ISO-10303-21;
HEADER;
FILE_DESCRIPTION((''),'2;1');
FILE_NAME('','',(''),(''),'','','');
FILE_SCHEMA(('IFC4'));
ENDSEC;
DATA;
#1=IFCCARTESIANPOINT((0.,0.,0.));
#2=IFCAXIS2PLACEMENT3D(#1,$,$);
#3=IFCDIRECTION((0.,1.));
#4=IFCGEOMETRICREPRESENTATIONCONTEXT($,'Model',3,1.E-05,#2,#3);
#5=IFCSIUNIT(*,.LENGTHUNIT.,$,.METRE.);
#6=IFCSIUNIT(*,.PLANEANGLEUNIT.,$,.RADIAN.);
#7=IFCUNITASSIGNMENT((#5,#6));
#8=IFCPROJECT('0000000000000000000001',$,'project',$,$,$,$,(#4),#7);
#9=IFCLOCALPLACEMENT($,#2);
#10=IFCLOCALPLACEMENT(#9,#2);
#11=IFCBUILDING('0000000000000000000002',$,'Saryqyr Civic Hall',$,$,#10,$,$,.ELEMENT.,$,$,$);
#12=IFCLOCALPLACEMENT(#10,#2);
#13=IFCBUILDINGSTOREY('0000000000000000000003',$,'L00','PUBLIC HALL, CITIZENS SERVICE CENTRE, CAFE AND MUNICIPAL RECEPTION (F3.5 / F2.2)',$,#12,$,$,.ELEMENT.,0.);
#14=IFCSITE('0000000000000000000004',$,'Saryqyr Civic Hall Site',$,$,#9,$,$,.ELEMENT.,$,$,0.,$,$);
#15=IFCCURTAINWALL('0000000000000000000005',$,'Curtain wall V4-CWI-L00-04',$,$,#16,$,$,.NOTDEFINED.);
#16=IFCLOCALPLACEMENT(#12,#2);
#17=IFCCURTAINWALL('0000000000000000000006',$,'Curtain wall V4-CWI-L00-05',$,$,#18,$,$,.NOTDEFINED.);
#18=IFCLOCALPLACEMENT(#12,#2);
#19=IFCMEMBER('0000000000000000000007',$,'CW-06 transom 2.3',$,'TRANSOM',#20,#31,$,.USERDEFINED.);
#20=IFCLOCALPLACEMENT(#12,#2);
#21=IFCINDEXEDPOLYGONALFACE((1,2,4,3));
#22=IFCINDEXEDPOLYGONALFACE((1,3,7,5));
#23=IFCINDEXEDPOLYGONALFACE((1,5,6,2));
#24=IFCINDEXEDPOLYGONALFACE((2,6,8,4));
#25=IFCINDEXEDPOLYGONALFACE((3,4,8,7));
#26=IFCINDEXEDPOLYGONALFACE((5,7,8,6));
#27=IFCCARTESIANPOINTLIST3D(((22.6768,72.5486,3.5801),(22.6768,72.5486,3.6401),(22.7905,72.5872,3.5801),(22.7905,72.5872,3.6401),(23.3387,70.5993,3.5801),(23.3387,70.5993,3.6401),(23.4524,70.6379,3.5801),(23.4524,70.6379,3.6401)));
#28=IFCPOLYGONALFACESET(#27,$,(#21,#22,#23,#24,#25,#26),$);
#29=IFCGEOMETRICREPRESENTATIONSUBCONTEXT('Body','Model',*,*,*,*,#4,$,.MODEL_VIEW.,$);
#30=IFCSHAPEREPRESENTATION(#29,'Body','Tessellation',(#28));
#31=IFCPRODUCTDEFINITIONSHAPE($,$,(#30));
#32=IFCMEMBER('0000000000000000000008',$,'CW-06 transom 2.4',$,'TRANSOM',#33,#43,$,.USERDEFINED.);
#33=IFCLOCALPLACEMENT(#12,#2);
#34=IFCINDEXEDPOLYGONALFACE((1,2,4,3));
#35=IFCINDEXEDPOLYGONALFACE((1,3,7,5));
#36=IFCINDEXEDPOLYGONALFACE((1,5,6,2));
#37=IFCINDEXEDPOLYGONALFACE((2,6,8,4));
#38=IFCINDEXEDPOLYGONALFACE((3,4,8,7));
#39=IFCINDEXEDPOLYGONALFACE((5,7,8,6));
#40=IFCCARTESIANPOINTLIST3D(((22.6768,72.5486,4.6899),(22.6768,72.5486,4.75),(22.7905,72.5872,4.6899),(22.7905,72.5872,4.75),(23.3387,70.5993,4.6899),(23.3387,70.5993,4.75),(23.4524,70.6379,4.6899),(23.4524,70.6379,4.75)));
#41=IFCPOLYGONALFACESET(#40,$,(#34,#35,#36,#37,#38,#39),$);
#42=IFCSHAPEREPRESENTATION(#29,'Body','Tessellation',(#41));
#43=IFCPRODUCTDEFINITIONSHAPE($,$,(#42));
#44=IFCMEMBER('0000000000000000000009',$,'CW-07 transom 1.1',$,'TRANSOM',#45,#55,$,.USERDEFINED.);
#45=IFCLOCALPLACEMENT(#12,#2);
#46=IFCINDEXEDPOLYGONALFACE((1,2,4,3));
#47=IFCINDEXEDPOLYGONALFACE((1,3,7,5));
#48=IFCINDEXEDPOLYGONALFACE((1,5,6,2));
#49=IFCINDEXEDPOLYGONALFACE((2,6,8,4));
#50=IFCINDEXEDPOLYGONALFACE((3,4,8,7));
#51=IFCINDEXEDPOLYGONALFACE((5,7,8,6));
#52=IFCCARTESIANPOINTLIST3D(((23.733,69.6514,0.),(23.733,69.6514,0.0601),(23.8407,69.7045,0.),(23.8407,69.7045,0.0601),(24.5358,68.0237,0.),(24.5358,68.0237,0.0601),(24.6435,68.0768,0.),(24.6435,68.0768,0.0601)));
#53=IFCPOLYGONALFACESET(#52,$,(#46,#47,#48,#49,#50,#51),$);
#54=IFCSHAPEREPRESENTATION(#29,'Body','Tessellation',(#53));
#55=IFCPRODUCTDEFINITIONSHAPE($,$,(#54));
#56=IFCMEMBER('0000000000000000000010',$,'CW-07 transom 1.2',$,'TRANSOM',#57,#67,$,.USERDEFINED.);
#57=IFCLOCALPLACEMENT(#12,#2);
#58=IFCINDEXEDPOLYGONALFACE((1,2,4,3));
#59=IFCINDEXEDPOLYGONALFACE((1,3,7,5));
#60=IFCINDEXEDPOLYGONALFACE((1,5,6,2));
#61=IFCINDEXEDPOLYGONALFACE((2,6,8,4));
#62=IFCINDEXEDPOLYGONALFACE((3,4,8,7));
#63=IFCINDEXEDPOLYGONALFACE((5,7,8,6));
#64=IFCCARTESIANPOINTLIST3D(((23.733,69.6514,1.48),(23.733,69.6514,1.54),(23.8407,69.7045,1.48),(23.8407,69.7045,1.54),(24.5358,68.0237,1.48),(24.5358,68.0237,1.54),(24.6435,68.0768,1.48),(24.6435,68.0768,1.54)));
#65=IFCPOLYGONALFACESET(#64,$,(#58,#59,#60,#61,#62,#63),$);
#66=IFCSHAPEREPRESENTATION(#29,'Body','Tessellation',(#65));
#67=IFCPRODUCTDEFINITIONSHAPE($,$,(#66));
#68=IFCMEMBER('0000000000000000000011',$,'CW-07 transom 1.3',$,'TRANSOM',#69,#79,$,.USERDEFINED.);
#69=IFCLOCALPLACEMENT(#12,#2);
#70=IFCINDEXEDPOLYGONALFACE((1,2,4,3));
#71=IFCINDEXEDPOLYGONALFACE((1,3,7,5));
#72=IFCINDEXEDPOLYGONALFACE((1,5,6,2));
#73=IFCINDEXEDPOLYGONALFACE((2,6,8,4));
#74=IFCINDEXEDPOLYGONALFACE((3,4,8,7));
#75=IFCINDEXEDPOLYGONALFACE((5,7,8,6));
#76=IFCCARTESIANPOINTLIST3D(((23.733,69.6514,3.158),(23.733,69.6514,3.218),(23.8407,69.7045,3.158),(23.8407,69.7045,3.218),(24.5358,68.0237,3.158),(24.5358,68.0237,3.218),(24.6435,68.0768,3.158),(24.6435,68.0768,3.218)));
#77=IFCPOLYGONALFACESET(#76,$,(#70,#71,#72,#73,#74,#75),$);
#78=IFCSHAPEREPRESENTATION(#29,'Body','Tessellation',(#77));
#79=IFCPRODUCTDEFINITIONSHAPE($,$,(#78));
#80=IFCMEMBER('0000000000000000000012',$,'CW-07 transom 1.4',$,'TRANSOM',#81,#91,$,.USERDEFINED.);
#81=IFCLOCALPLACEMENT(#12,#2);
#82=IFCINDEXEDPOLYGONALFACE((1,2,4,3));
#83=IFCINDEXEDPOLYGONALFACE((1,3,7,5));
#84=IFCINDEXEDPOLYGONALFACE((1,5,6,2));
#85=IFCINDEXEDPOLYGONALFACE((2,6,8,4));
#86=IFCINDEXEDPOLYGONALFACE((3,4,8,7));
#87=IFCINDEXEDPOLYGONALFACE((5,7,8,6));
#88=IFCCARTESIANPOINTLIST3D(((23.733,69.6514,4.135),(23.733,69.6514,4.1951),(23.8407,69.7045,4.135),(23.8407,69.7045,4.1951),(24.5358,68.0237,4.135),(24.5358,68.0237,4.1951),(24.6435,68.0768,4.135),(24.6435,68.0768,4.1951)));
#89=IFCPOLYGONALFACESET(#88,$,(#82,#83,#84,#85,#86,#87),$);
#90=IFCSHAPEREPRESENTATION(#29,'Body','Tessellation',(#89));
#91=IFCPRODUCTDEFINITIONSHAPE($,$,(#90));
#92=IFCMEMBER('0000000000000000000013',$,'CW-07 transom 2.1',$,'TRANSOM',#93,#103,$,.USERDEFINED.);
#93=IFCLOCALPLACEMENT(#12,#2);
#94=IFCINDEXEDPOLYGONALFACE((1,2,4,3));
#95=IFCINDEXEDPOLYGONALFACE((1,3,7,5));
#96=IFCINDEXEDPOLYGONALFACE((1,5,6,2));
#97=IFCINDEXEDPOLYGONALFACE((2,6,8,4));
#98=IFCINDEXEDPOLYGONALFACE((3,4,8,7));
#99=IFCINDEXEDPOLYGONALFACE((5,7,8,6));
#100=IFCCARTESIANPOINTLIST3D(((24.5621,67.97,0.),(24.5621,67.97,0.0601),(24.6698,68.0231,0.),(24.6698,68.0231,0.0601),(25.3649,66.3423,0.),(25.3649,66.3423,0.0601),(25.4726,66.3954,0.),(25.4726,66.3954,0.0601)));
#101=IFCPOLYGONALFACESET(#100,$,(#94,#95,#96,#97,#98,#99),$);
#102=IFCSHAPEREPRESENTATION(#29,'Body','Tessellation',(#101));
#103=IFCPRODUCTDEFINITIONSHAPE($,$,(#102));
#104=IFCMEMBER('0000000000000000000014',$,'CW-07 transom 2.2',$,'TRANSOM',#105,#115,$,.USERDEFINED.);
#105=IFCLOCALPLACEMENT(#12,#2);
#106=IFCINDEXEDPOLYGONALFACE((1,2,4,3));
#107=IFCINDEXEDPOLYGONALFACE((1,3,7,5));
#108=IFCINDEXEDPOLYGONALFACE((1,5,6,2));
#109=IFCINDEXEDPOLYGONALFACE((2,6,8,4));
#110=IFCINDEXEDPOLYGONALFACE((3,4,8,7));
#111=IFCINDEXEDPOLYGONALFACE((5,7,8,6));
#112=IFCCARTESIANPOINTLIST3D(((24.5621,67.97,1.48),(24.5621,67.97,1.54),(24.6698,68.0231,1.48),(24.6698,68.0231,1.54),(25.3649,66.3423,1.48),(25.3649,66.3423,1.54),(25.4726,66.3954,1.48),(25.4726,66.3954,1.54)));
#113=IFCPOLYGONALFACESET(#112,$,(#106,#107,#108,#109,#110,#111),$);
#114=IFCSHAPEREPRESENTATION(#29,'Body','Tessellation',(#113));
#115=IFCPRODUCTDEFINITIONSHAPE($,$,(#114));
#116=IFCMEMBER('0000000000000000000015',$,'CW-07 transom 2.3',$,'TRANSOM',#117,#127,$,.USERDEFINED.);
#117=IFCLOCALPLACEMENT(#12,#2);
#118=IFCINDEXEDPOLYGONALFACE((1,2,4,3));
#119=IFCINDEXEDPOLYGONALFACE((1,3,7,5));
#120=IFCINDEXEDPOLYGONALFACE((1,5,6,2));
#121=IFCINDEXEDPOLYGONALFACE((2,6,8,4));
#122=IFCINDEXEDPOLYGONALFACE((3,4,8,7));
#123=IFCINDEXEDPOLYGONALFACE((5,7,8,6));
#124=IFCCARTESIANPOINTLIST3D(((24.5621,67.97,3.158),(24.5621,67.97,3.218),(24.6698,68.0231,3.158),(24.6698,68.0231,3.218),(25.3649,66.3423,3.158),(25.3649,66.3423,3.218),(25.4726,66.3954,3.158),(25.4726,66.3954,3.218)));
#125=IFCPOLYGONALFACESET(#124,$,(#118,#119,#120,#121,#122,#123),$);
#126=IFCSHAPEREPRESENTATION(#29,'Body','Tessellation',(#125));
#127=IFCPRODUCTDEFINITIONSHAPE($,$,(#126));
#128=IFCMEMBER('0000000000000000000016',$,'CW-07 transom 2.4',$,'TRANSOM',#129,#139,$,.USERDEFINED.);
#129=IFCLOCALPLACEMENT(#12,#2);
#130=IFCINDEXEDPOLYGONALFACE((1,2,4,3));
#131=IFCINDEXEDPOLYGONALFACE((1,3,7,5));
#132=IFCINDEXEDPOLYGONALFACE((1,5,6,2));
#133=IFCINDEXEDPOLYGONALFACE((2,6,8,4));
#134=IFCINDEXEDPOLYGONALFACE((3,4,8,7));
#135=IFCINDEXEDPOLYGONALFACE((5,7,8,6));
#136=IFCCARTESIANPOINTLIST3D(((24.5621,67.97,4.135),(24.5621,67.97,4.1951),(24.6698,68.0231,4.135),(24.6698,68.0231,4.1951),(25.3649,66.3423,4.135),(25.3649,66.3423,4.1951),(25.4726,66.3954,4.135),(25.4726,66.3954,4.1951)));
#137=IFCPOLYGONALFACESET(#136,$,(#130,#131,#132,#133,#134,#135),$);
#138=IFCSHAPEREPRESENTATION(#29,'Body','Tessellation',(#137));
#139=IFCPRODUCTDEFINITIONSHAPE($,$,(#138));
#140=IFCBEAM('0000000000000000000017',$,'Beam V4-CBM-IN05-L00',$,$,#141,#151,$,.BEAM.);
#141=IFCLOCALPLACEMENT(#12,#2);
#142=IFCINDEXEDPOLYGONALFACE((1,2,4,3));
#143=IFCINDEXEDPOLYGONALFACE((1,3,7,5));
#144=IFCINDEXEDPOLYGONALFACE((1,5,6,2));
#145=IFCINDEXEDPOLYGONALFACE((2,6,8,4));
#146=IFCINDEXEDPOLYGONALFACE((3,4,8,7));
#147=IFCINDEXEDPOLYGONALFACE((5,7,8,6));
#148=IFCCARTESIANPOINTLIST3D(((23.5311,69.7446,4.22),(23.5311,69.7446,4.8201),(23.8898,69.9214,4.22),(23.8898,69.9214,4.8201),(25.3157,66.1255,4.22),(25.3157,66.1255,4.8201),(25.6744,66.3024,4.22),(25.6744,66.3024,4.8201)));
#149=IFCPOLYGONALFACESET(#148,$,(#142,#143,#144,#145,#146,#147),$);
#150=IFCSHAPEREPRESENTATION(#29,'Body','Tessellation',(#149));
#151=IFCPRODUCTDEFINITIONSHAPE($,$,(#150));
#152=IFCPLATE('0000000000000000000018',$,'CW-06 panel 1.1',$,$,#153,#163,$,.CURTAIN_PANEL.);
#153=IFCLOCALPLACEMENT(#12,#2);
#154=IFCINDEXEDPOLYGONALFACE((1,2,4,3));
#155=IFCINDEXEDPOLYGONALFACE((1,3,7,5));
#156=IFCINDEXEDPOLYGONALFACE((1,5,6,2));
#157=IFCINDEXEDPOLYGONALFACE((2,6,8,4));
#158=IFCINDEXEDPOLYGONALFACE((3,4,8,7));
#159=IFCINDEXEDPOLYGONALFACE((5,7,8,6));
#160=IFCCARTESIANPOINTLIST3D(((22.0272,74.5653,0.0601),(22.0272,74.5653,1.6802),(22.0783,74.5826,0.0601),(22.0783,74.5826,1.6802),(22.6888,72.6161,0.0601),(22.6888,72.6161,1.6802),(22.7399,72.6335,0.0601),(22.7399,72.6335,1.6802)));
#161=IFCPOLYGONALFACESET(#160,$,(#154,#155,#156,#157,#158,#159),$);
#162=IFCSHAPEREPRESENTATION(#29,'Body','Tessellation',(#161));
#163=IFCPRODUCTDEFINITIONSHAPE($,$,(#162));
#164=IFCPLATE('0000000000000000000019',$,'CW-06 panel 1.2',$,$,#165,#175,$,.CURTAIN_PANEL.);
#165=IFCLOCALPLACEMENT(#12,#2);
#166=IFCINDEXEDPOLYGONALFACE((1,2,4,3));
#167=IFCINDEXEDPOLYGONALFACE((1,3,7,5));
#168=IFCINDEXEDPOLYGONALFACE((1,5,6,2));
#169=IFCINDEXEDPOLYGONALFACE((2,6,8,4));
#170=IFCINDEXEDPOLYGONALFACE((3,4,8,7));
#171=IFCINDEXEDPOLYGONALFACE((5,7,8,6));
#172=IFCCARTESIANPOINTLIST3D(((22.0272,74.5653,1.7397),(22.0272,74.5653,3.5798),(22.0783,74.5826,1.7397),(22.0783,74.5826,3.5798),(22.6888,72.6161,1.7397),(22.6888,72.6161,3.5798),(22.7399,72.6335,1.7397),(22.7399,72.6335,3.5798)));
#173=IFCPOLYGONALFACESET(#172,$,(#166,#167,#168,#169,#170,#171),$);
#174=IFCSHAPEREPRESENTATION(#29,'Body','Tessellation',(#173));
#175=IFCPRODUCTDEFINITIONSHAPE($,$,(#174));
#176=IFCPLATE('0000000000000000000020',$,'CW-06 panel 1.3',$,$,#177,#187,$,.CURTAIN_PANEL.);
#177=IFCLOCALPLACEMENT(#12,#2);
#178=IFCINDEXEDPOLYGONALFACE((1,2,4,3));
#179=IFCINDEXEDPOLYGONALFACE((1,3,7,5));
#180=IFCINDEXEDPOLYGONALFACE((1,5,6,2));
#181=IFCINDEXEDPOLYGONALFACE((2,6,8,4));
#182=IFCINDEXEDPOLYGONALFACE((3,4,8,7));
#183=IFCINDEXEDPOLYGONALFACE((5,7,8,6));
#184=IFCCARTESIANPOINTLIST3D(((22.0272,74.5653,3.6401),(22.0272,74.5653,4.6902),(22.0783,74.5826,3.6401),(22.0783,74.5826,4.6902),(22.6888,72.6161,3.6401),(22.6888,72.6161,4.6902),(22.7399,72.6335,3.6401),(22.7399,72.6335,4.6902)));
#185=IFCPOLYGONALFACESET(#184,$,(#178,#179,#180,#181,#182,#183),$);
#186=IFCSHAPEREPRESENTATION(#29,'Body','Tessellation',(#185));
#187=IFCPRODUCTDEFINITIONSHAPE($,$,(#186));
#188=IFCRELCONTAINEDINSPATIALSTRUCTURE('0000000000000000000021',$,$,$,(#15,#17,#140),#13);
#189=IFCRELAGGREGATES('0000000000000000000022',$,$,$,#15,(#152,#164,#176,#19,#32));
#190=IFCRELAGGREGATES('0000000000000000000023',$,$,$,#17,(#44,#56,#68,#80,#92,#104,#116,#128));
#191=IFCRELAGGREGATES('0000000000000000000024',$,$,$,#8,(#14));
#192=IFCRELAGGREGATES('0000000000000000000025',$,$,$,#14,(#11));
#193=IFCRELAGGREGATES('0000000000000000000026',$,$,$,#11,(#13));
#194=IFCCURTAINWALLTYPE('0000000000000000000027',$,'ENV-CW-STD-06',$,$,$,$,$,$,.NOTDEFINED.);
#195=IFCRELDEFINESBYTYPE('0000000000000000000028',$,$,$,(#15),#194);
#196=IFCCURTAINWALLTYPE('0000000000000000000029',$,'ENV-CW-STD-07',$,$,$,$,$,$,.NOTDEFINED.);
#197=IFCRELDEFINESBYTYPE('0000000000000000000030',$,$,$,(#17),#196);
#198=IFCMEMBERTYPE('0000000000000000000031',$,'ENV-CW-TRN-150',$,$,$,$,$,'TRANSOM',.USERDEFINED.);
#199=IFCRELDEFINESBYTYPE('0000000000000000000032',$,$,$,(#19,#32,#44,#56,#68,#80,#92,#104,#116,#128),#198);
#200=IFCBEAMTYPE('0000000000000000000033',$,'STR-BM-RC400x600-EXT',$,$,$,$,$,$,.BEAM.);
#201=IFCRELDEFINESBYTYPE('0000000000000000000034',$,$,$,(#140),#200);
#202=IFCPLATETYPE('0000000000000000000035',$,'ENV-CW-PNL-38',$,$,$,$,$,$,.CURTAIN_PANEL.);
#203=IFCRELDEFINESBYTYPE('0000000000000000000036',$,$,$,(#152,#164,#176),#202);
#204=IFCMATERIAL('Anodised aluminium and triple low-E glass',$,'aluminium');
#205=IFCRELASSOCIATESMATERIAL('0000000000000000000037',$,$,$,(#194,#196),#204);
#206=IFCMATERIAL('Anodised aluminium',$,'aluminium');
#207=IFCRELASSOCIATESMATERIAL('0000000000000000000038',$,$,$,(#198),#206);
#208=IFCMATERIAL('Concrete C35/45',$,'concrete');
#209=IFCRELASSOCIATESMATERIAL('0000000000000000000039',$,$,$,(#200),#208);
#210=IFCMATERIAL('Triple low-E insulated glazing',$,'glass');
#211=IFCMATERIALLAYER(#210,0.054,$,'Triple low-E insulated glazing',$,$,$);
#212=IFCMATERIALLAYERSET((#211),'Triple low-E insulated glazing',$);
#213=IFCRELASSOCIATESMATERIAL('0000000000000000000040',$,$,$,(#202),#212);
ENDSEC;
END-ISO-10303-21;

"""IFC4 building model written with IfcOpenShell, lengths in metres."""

from ifc_helpers import new_model, si_unit, direction, frame, origin, origin_2d, place, context, subcontext, project, spatial, rectangle, extrude, material, layer, layer_set, material_profile, profile_set, type_object, element, aggregate, save


model = new_model("IFC4")

# Units and contexts
model_context = context("Model", 3, precision=1e-05, world=origin(), true_north=direction((0.0, 1.0)))
body_context = subcontext(model_context, "Body", "Model", "MODEL_VIEW")
ifc_project = project(units=[si_unit("LENGTHUNIT", "METRE"), si_unit("PLANEANGLEUNIT", "RADIAN")], contexts=[model_context])

# Site, building, storey
site_placement = place(None, origin())
site = spatial("IfcSite", under=ifc_project, at=site_placement, Name="Saryqyr Civic Hall Site", CompositionType="ELEMENT", RefElevation=0.0)
building_placement = place(site_placement, origin())
building = spatial("IfcBuilding", under=site, at=building_placement, Name="Saryqyr Civic Hall", CompositionType="ELEMENT")
storey_placement = place(building_placement, origin())
storey = spatial("IfcBuildingStorey", under=building, at=storey_placement, Name="L00", Description="PUBLIC HALL, CITIZENS SERVICE CENTRE, CAFE AND MUNICIPAL RECEPTION (F3.5 / F2.2)", CompositionType="ELEMENT", Elevation=0.0)

# Curtain walls
ifc_material_1 = material(Name="Anodised aluminium and triple low-E glass", Category="aluminium")
curtain_wall_type_1 = type_object("IfcCurtainWallType", Name="ENV-CW-STD-06", PredefinedType="NOTDEFINED", material=ifc_material_1)
curtain_wall_1_placement = place(storey_placement, origin())
curtain_wall_1 = element("IfcCurtainWall", 1, at=curtain_wall_1_placement, inside=storey, type_object=curtain_wall_type_1, Name="Curtain wall V4-CWI-L00-04", PredefinedType="NOTDEFINED")
ifc_material_2 = material(Name="Anodised aluminium", Category="aluminium")
curtain_wall_type_2 = type_object("IfcCurtainWallType", Name="ENV-CW-STD-07", PredefinedType="NOTDEFINED", material=ifc_material_1)
curtain_wall_2_placement = place(storey_placement, origin())
curtain_wall_2 = element("IfcCurtainWall", 2, at=curtain_wall_2_placement, inside=storey, type_object=curtain_wall_type_2, Name="Curtain wall V4-CWI-L00-05", PredefinedType="NOTDEFINED")

# Members
ifc_material_profile_1 = material_profile(ifc_material_2, rectangle(XDim=0.1201, YDim=0.0601, at=origin_2d()), Name="ALU TRANSOM 120x60")
ifc_profile_set_1 = profile_set([ifc_material_profile_1], Name="Anodised aluminium")
member_type_1 = type_object("IfcMemberType", Name="ENV-CW-TRN-150", ElementType="TRANSOM", PredefinedType="USERDEFINED", material=ifc_profile_set_1)
member_1_placement = place(storey_placement, frame((22.7336, 72.5679, 3.6101), z_axis=(0.321524, -0.946901, 0.0), x_axis=(0.946901, 0.321524, 0.0)))
member_1 = element("IfcMember", 3, at=member_1_placement, type_object=member_type_1, Name="CW-06 transom 2.3", ObjectType="TRANSOM", PredefinedType="USERDEFINED", context=body_context, shape_type="SweptSolid", body=[
    extrude(rectangle(XDim=0.1201, YDim=0.0601, at=origin_2d()), origin(), (0.0, 0.0, 1.0), 2.0586),
])
member_2_placement = place(storey_placement, frame((22.7336, 72.5679, 4.72), z_axis=(0.321524, -0.946901, 0.0), x_axis=(0.946901, 0.321524, 0.0)))
member_2 = element("IfcMember", 4, at=member_2_placement, type_object=member_type_1, Name="CW-06 transom 2.4", ObjectType="TRANSOM", PredefinedType="USERDEFINED", context=body_context, shape_type="SweptSolid", body=[
    extrude(rectangle(XDim=0.1201, YDim=0.0601, at=origin_2d()), origin(), (0.0, 0.0, 1.0), 2.0586),
])
member_3_placement = place(storey_placement, frame((23.7869, 69.678, 0.03), z_axis=(0.44231, -0.896862, 0.0), x_axis=(0.896862, 0.44231, 0.0)))
member_3 = element("IfcMember", 5, at=member_3_placement, type_object=member_type_1, Name="CW-07 transom 1.1", ObjectType="TRANSOM", PredefinedType="USERDEFINED", context=body_context, shape_type="SweptSolid", body=[
    extrude(rectangle(XDim=0.1201, YDim=0.0601, at=origin_2d()), origin(), (0.0, 0.0, 1.0), 1.8149),
])
member_4_placement = place(storey_placement, frame((23.7869, 69.678, 1.51), z_axis=(0.44231, -0.896862, 0.0), x_axis=(0.896862, 0.44231, 0.0)))
member_4 = element("IfcMember", 6, at=member_4_placement, type_object=member_type_1, Name="CW-07 transom 1.2", ObjectType="TRANSOM", PredefinedType="USERDEFINED", context=body_context, shape_type="SweptSolid", body=[
    extrude(rectangle(XDim=0.1201, YDim=0.0601, at=origin_2d()), origin(), (0.0, 0.0, 1.0), 1.8149),
])
member_5_placement = place(storey_placement, frame((23.7869, 69.678, 3.188), z_axis=(0.44231, -0.896862, 0.0), x_axis=(0.896862, 0.44231, 0.0)))
member_5 = element("IfcMember", 7, at=member_5_placement, type_object=member_type_1, Name="CW-07 transom 1.3", ObjectType="TRANSOM", PredefinedType="USERDEFINED", context=body_context, shape_type="SweptSolid", body=[
    extrude(rectangle(XDim=0.1201, YDim=0.0601, at=origin_2d()), origin(), (0.0, 0.0, 1.0), 1.8149),
])
member_6_placement = place(storey_placement, frame((23.7869, 69.678, 4.165), z_axis=(0.44231, -0.896862, 0.0), x_axis=(0.896862, 0.44231, 0.0)))
member_6 = element("IfcMember", 8, at=member_6_placement, type_object=member_type_1, Name="CW-07 transom 1.4", ObjectType="TRANSOM", PredefinedType="USERDEFINED", context=body_context, shape_type="SweptSolid", body=[
    extrude(rectangle(XDim=0.1201, YDim=0.0601, at=origin_2d()), origin(), (0.0, 0.0, 1.0), 1.8149),
])
member_7_placement = place(storey_placement, frame((24.616, 67.9966, 0.03), z_axis=(0.44231, -0.896862, 0.0), x_axis=(0.896862, 0.44231, 0.0)))
member_7 = element("IfcMember", 9, at=member_7_placement, type_object=member_type_1, Name="CW-07 transom 2.1", ObjectType="TRANSOM", PredefinedType="USERDEFINED", context=body_context, shape_type="SweptSolid", body=[
    extrude(rectangle(XDim=0.1201, YDim=0.0601, at=origin_2d()), origin(), (0.0, 0.0, 1.0), 1.8149),
])
member_8_placement = place(storey_placement, frame((24.616, 67.9966, 1.51), z_axis=(0.44231, -0.896862, 0.0), x_axis=(0.896862, 0.44231, 0.0)))
member_8 = element("IfcMember", 10, at=member_8_placement, type_object=member_type_1, Name="CW-07 transom 2.2", ObjectType="TRANSOM", PredefinedType="USERDEFINED", context=body_context, shape_type="SweptSolid", body=[
    extrude(rectangle(XDim=0.1201, YDim=0.0601, at=origin_2d()), origin(), (0.0, 0.0, 1.0), 1.8149),
])
member_9_placement = place(storey_placement, frame((24.616, 67.9966, 3.188), z_axis=(0.44231, -0.896862, 0.0), x_axis=(0.896862, 0.44231, 0.0)))
member_9 = element("IfcMember", 11, at=member_9_placement, type_object=member_type_1, Name="CW-07 transom 2.3", ObjectType="TRANSOM", PredefinedType="USERDEFINED", context=body_context, shape_type="SweptSolid", body=[
    extrude(rectangle(XDim=0.1201, YDim=0.0601, at=origin_2d()), origin(), (0.0, 0.0, 1.0), 1.8149),
])
member_10_placement = place(storey_placement, frame((24.616, 67.9966, 4.165), z_axis=(0.44231, -0.896862, 0.0), x_axis=(0.896862, 0.44231, 0.0)))
member_10 = element("IfcMember", 12, at=member_10_placement, type_object=member_type_1, Name="CW-07 transom 2.4", ObjectType="TRANSOM", PredefinedType="USERDEFINED", context=body_context, shape_type="SweptSolid", body=[
    extrude(rectangle(XDim=0.1201, YDim=0.0601, at=origin_2d()), origin(), (0.0, 0.0, 1.0), 1.8149),
])

# Beam
ifc_material_3 = material(Name="Concrete C35/45", Category="concrete")
ifc_material_profile_2 = material_profile(ifc_material_3, rectangle(XDim=0.3999, YDim=0.6001, at=origin_2d()), Name="RC 400x600")
ifc_profile_set_2 = profile_set([ifc_material_profile_2], Name="Concrete C35/45")
beam_type = type_object("IfcBeamType", Name="STR-BM-RC400x600-EXT", PredefinedType="BEAM", material=ifc_profile_set_2)
beam_placement = place(storey_placement, frame((23.7104, 69.833, 4.52), z_axis=(0.44227, -0.896882, 0.0), x_axis=(0.896882, 0.44227, 0.0)))
element("IfcBeam", 13, at=beam_placement, inside=storey, type_object=beam_type, Name="Beam V4-CBM-IN05-L00", PredefinedType="BEAM", context=body_context, shape_type="SweptSolid", body=[
    extrude(rectangle(XDim=0.3999, YDim=0.6001, at=origin_2d()), origin(), (0.0, 0.0, 1.0), 4.0352),
])

# Plates
ifc_material_4 = material(Name="Triple low-E insulated glazing", Category="glass")
ifc_layer_1 = layer(ifc_material_4, 0.054, Name="Triple low-E insulated glazing")
ifc_layer_set_1 = layer_set([ifc_layer_1], Name="Triple low-E insulated glazing")
plate_type = type_object("IfcPlateType", Name="ENV-CW-PNL-38", PredefinedType="CURTAIN_PANEL", material=ifc_layer_set_1)
plate_1_placement = place(storey_placement, frame((22.3835, 73.5994, 0.0601), z_axis=(0.0, 0.0, 1.0), x_axis=(0.321438, -0.946931, 0.0)))
plate_1 = element("IfcPlate", 14, at=plate_1_placement, type_object=plate_type, Name="CW-06 panel 1.1", PredefinedType="CURTAIN_PANEL", context=body_context, shape_type="SweptSolid", body=[
    extrude(rectangle(XDim=2.0583, YDim=0.054, at=origin_2d()), origin(), (0.0, 0.0, 1.0), 1.6201),
])
plate_2_placement = place(storey_placement, frame((22.3835, 73.5994, 1.7397), z_axis=(0.0, 0.0, 1.0), x_axis=(0.321438, -0.946931, 0.0)))
plate_2 = element("IfcPlate", 15, at=plate_2_placement, type_object=plate_type, Name="CW-06 panel 1.2", PredefinedType="CURTAIN_PANEL", context=body_context, shape_type="SweptSolid", body=[
    extrude(rectangle(XDim=2.0583, YDim=0.054, at=origin_2d()), origin(), (0.0, 0.0, 1.0), 1.8401),
])
plate_3_placement = place(storey_placement, frame((22.3835, 73.5994, 3.6401), z_axis=(0.0, 0.0, 1.0), x_axis=(0.321438, -0.946931, 0.0)))
plate_3 = element("IfcPlate", 16, at=plate_3_placement, type_object=plate_type, Name="CW-06 panel 1.3", PredefinedType="CURTAIN_PANEL", context=body_context, shape_type="SweptSolid", body=[
    extrude(rectangle(XDim=2.0583, YDim=0.054, at=origin_2d()), origin(), (0.0, 0.0, 1.0), 1.05),
])
aggregate(curtain_wall_1, [plate_1, plate_2, plate_3, member_1, member_2])
aggregate(curtain_wall_2, [member_3, member_4, member_5, member_6, member_7, member_8, member_9, member_10])

save(model, "model.ifc")
